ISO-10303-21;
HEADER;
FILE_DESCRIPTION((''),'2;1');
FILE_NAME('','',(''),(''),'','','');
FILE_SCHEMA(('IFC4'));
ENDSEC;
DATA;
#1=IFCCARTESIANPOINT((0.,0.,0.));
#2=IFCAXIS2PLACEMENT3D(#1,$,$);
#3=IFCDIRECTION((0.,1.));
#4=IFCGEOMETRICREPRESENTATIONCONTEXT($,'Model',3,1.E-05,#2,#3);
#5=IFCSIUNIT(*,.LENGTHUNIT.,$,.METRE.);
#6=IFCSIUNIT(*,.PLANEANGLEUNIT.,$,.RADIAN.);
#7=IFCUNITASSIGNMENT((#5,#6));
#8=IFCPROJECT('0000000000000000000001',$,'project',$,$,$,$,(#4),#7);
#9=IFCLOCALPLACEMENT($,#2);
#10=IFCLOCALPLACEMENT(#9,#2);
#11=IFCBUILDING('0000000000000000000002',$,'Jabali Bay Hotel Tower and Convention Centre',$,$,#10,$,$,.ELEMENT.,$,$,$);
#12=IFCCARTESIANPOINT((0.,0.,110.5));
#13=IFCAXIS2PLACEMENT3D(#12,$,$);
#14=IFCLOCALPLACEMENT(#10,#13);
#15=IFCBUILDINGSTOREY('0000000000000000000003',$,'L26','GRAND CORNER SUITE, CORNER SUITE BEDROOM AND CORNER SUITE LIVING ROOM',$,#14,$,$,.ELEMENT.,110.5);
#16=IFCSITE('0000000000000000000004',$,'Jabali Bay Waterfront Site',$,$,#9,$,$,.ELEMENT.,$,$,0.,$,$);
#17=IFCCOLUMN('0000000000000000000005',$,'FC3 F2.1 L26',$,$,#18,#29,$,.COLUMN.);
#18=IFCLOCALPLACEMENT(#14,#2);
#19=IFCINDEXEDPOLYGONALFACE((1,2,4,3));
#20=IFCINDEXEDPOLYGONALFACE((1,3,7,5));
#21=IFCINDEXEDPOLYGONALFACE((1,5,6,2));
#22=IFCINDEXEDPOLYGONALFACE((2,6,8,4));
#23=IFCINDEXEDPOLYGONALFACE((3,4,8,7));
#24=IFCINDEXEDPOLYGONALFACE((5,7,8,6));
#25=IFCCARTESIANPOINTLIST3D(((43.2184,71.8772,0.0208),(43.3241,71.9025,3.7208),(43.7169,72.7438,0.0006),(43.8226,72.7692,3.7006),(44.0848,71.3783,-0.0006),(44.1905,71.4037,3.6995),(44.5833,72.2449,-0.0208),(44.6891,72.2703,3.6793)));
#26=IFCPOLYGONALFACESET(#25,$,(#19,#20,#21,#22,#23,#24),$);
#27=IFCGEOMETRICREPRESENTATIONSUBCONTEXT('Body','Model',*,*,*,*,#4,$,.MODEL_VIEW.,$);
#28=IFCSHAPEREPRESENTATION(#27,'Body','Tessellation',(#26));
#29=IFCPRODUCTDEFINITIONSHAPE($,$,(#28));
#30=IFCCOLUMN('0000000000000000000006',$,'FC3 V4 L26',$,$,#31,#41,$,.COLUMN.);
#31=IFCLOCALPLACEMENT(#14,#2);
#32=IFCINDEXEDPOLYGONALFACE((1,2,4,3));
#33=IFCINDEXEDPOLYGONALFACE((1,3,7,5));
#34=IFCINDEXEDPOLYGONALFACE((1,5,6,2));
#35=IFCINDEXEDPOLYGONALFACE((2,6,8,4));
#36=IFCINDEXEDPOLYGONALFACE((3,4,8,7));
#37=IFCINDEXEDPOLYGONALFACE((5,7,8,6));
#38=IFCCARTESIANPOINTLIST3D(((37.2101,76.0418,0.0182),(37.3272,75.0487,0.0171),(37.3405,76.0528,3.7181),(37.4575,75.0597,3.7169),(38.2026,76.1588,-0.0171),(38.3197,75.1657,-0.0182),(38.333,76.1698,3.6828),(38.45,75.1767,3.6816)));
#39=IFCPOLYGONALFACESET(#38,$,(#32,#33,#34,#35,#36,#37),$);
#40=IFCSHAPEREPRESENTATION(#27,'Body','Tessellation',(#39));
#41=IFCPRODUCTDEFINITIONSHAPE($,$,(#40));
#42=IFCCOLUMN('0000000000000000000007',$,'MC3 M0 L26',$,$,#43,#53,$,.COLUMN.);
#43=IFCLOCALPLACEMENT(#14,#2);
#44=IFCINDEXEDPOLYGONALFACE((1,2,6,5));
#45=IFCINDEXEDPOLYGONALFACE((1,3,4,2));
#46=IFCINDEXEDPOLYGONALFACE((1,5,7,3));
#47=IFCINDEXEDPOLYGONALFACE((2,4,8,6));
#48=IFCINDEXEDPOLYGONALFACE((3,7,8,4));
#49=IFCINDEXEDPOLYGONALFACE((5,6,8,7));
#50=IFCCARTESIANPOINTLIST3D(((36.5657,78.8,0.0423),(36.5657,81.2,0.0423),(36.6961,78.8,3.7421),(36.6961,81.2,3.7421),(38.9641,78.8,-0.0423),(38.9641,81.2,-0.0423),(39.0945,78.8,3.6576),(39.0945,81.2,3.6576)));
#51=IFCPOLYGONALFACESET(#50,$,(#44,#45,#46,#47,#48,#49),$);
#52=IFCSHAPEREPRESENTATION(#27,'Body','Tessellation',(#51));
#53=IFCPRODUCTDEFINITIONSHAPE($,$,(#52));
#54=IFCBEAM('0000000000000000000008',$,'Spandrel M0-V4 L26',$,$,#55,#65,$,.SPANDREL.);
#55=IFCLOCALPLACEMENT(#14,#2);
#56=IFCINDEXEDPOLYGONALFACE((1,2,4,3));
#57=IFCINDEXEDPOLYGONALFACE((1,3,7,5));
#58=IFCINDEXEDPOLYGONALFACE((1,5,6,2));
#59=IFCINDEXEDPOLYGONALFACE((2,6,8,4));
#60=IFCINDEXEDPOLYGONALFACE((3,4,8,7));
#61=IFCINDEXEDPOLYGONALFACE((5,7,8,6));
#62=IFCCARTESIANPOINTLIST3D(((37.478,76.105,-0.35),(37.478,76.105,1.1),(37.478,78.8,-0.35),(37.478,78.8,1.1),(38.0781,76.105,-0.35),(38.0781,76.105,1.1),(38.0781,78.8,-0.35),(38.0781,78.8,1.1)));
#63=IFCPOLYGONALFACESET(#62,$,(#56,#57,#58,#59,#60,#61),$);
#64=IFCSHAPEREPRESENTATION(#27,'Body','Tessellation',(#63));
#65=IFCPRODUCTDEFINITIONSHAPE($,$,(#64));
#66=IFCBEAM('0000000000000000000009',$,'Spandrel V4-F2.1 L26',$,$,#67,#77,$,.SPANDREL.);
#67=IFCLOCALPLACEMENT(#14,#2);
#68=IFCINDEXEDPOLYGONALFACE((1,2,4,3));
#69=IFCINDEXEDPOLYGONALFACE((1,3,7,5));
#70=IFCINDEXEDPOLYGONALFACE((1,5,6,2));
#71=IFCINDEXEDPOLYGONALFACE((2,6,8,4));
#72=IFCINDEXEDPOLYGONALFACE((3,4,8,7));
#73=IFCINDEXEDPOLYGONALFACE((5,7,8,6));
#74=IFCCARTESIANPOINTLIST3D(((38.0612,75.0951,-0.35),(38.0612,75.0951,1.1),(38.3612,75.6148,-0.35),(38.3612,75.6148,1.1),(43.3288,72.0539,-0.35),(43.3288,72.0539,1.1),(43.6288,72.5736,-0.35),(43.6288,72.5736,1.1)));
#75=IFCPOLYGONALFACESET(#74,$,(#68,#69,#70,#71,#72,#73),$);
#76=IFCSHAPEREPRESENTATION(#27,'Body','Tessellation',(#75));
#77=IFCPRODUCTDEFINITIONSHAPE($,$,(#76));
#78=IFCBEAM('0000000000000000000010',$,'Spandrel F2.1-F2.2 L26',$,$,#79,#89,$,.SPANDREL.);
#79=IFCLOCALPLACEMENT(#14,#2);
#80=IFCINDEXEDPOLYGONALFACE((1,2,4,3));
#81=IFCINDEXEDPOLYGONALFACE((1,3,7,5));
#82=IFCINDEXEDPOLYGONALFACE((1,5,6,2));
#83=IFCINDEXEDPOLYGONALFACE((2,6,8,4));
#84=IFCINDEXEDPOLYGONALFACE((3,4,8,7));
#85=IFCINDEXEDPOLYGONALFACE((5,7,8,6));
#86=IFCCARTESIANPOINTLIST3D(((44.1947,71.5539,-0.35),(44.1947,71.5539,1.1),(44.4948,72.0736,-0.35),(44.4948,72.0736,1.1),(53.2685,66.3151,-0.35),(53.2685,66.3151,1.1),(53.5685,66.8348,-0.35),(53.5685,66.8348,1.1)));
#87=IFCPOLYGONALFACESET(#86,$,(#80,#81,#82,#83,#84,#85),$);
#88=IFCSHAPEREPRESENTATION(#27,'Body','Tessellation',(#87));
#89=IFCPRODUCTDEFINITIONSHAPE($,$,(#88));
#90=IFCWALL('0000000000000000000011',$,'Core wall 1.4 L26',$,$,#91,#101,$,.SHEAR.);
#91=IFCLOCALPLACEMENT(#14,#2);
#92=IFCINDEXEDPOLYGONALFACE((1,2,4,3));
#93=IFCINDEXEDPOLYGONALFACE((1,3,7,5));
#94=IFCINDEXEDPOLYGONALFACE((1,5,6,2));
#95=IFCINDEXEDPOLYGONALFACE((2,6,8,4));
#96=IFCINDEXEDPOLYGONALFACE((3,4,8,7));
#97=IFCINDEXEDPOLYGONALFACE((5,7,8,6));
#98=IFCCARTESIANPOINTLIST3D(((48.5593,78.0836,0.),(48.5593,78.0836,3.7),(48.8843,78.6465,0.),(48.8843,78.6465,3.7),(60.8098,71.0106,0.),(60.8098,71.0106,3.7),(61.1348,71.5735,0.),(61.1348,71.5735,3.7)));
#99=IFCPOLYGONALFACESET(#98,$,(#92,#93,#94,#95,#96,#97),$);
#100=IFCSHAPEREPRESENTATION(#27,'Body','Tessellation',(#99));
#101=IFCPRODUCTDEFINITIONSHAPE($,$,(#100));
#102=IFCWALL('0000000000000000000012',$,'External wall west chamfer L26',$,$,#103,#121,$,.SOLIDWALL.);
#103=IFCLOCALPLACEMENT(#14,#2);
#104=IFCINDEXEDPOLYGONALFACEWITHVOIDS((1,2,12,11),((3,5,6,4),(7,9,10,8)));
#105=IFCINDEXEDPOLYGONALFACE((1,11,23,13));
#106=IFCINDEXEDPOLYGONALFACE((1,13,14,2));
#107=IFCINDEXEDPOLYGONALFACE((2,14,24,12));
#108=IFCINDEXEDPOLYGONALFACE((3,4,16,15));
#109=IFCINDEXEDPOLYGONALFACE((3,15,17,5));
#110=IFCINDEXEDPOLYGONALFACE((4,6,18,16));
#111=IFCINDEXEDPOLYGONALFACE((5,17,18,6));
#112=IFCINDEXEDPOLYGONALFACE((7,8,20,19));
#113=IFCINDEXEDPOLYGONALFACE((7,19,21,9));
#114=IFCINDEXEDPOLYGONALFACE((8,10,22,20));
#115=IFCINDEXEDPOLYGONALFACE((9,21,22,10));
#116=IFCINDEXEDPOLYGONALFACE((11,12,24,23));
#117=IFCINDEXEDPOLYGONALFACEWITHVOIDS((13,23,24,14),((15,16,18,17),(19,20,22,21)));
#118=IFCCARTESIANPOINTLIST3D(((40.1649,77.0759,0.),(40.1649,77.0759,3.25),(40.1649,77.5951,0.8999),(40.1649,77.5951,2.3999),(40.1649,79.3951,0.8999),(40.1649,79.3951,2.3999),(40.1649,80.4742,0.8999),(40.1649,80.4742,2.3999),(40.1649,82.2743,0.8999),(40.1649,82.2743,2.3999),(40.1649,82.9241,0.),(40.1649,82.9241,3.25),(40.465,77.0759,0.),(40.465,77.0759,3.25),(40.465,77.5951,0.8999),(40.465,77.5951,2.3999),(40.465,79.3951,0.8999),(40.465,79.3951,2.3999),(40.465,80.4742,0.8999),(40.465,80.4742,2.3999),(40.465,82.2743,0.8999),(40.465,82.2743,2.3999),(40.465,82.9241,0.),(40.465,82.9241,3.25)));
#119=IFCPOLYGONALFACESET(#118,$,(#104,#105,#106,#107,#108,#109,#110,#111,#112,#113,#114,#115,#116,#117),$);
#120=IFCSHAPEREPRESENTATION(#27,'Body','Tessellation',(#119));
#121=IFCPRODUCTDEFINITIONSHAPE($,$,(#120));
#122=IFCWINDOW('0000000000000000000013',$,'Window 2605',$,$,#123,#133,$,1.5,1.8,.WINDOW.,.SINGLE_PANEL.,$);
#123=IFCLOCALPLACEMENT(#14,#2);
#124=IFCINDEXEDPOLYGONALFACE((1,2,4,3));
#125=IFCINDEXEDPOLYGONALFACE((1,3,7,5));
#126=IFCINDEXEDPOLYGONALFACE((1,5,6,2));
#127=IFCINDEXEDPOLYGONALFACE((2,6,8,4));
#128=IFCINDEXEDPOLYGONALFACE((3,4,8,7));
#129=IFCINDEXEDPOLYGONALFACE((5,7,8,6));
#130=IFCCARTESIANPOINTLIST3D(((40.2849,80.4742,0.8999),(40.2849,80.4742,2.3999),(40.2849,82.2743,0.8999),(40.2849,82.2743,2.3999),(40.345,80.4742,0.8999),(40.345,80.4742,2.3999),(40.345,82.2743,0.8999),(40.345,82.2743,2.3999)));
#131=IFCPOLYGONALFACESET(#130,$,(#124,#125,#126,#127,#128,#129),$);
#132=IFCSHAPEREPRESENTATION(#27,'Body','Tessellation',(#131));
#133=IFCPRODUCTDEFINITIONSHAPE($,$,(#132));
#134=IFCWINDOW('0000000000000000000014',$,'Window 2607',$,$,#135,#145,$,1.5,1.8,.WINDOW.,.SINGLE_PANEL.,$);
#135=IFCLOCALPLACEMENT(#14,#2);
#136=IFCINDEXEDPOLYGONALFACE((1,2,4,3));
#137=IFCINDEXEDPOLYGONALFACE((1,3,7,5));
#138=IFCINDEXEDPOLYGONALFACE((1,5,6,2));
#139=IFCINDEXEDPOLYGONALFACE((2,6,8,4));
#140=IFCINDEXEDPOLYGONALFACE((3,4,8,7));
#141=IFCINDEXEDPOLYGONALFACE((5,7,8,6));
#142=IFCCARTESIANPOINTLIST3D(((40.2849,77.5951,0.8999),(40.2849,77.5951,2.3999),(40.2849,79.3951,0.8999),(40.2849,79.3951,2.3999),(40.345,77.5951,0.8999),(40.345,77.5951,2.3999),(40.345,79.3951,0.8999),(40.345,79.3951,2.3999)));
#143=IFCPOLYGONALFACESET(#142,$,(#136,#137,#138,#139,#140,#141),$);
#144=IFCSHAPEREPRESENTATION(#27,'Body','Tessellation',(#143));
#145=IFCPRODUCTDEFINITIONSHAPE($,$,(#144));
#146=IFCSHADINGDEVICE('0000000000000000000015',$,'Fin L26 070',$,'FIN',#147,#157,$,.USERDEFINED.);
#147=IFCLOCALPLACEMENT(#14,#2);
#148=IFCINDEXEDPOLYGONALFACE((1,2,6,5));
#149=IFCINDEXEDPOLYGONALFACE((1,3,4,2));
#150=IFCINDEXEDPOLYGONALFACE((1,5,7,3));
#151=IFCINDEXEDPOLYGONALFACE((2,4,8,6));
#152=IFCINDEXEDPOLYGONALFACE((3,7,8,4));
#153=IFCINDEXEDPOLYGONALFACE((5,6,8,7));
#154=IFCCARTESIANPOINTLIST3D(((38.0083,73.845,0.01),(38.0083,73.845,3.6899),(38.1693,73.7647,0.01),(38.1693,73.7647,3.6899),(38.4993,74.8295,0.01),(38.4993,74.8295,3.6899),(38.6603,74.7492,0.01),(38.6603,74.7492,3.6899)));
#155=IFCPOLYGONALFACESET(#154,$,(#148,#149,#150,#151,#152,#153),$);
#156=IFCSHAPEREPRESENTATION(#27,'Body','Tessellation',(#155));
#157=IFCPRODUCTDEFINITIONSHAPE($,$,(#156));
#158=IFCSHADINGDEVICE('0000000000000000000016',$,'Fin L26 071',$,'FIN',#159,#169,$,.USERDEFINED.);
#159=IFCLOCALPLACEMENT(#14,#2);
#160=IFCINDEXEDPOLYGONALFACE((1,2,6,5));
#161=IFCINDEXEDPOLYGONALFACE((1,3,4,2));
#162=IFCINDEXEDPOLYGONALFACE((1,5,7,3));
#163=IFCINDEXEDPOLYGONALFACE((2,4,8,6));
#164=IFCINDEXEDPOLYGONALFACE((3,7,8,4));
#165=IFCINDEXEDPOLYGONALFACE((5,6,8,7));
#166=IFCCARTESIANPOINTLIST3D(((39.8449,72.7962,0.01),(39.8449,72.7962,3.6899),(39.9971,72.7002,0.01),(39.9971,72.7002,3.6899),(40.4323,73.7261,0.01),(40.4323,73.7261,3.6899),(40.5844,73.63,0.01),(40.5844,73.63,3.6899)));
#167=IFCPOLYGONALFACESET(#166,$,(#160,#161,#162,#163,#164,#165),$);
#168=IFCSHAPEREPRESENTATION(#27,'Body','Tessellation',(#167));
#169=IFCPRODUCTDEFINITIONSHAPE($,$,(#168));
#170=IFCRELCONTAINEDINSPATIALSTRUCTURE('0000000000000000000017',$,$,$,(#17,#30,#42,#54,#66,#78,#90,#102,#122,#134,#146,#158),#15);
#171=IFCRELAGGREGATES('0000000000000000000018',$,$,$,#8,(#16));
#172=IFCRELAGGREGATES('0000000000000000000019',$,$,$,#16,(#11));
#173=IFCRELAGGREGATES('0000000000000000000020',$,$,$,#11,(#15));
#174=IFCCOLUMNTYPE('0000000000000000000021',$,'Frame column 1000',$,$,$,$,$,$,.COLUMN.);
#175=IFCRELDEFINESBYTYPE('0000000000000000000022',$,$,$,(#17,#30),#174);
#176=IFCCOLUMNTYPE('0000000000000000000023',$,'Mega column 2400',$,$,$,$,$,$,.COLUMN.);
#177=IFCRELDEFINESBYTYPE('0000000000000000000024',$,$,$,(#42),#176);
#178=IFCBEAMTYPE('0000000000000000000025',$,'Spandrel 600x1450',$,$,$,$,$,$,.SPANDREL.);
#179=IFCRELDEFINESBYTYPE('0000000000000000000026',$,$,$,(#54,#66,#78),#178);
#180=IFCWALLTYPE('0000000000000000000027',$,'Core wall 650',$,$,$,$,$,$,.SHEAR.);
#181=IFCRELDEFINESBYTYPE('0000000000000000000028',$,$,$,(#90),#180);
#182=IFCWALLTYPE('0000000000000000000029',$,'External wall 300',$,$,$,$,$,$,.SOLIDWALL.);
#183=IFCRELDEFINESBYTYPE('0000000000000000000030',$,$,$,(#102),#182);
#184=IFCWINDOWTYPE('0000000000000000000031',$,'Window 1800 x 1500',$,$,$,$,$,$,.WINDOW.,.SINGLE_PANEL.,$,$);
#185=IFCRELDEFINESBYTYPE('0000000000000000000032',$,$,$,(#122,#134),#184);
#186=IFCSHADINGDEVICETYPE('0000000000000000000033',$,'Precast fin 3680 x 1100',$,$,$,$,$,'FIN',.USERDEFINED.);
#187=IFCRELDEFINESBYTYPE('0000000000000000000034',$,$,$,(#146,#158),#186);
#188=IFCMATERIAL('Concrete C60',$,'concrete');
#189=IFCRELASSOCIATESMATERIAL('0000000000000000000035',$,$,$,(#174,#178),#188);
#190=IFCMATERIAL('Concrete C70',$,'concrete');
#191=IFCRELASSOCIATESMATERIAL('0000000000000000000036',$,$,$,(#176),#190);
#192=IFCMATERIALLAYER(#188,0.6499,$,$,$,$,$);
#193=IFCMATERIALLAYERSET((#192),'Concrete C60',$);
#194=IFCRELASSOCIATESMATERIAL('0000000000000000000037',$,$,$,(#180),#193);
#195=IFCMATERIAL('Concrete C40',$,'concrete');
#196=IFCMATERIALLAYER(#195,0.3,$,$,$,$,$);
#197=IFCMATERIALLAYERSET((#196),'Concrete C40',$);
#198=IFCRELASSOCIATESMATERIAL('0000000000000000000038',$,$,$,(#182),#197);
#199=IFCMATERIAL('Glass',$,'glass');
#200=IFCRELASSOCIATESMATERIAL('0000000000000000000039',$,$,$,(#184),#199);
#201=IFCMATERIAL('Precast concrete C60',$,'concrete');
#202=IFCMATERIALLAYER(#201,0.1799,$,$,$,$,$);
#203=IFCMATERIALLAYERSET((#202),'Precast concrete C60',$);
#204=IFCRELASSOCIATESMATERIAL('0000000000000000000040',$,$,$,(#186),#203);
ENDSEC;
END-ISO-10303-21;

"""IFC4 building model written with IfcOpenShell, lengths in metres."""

from ifc_helpers import new_model, si_unit, direction, frame, frame_2d, origin, origin_2d, place, context, subcontext, project, spatial, rectangle, extrude, material, layer, layer_set, material_profile, profile_set, type_object, element, fill, save


model = new_model("IFC4")

# Units and contexts
model_context = context("Model", 3, precision=1e-05, world=origin(), true_north=direction((0.0, 1.0)))
body_context = subcontext(model_context, "Body", "Model", "MODEL_VIEW")
ifc_project = project(units=[si_unit("LENGTHUNIT", "METRE"), si_unit("PLANEANGLEUNIT", "RADIAN")], contexts=[model_context])

# Site, building, storey
site_placement = place(None, origin())
site = spatial("IfcSite", under=ifc_project, at=site_placement, Name="Jabali Bay Waterfront Site", CompositionType="ELEMENT", RefElevation=0.0)
building_placement = place(site_placement, origin())
building = spatial("IfcBuilding", under=site, at=building_placement, Name="Jabali Bay Hotel Tower and Convention Centre", CompositionType="ELEMENT")
storey_placement = place(building_placement, frame((0.0, 0.0, 110.5)))
storey = spatial("IfcBuildingStorey", under=building, at=storey_placement, Name="L26", Description="GRAND CORNER SUITE, CORNER SUITE BEDROOM AND CORNER SUITE LIVING ROOM", CompositionType="ELEMENT", Elevation=110.5)

# Columns
ifc_material_1 = material(Name="Concrete C60", Category="concrete")
ifc_material_profile_1 = material_profile(ifc_material_1, rectangle(XDim=1.0, YDim=1.0, at=origin_2d()), Name="Frame column 1000")
ifc_profile_set_1 = profile_set([ifc_material_profile_1], Name="Concrete C60")
column_type_1 = type_object("IfcColumnType", Name="Frame column 1000", PredefinedType="COLUMN", material=ifc_profile_set_1)
column_1_placement = place(storey_placement, frame((43.9009, 72.061, 0.0), z_axis=(0.028559, 0.006859, 0.999569), x_axis=(-0.86641, 0.498877, 0.021331)))
element("IfcColumn", 1, at=column_1_placement, inside=storey, type_object=column_type_1, Name="FC3 F2.1 L26", PredefinedType="COLUMN", context=body_context, shape_type="SweptSolid", body=[
    extrude(rectangle(XDim=1.0, YDim=1.0, at=origin_2d()), origin(), (0.0, 0.0, 1.0), 3.7017),
])
column_2_placement = place(storey_placement, frame((37.7649, 75.6038, 0.0), z_axis=(0.035214, 0.002967, 0.999375), x_axis=(-0.117077, 0.993122, 0.001176)))
element("IfcColumn", 2, at=column_2_placement, inside=storey, type_object=column_type_1, Name="FC3 V4 L26", PredefinedType="COLUMN", context=body_context, shape_type="SweptSolid", body=[
    extrude(rectangle(XDim=1.0, YDim=1.0, at=origin_2d()), origin(), (0.0, 0.0, 1.0), 3.7021),
])
ifc_material_2 = material(Name="Concrete C70", Category="concrete")
ifc_material_profile_2 = material_profile(ifc_material_2, rectangle(XDim=2.3999, YDim=2.3999, at=origin_2d()), Name="Mega column 2400")
ifc_profile_set_2 = profile_set([ifc_material_profile_2], Name="Concrete C70")
column_type_2 = type_object("IfcColumnType", Name="Mega column 2400", PredefinedType="COLUMN", material=ifc_profile_set_2)
column_3_placement = place(storey_placement, frame((37.7649, 80.0, 0.0), z_axis=(0.035214, 0.0, 0.99938), x_axis=(0.0, 1.0, 0.0)))
element("IfcColumn", 3, at=column_3_placement, inside=storey, type_object=column_type_2, Name="MC3 M0 L26", PredefinedType="COLUMN", context=body_context, shape_type="SweptSolid", body=[
    extrude(rectangle(XDim=2.3999, YDim=2.3999, at=origin_2d()), origin(), (0.0, 0.0, 1.0), 3.7021),
])

# Beams
ifc_material_profile_3 = material_profile(ifc_material_1, rectangle(XDim=0.6001, YDim=1.45, at=origin_2d()), Name="Spandrel 600x1450")
ifc_profile_set_3 = profile_set([ifc_material_profile_3], Name="Concrete C60")
beam_type = type_object("IfcBeamType", Name="Spandrel 600x1450", PredefinedType="SPANDREL", material=ifc_profile_set_3)
beam_1_placement = place(storey_placement, frame((37.7781, 78.8, 0.375), z_axis=(0.0, -1.0, 0.0), x_axis=(1.0, 0.0, 0.0)))
element("IfcBeam", 4, at=beam_1_placement, inside=storey, type_object=beam_type, Name="Spandrel M0-V4 L26", PredefinedType="SPANDREL", context=body_context, shape_type="SweptSolid", body=[
    extrude(rectangle(XDim=0.6001, YDim=1.45, at=origin_2d()), origin(), (0.0, 0.0, 1.0), 2.6951),
])
beam_2_placement = place(storey_placement, frame((38.2112, 75.355, 0.375), z_axis=(0.866024, -0.500003, 0.0), x_axis=(0.500003, 0.866024, 0.0)))
element("IfcBeam", 5, at=beam_2_placement, inside=storey, type_object=beam_type, Name="Spandrel V4-F2.1 L26", PredefinedType="SPANDREL", context=body_context, shape_type="SweptSolid", body=[
    extrude(rectangle(XDim=0.6001, YDim=1.45, at=origin_2d()), origin(), (0.0, 0.0, 1.0), 6.0825),
])
beam_3_placement = place(storey_placement, frame((44.3447, 71.8137, 0.375), z_axis=(0.866023, -0.500003, 0.0), x_axis=(0.500003, 0.866023, 0.0)))
element("IfcBeam", 6, at=beam_3_placement, inside=storey, type_object=beam_type, Name="Spandrel F2.1-F2.2 L26", PredefinedType="SPANDREL", context=body_context, shape_type="SweptSolid", body=[
    extrude(rectangle(XDim=0.6001, YDim=1.45, at=origin_2d()), origin(), (0.0, 0.0, 1.0), 10.4775),
])

# Wall
ifc_layer_1 = layer(ifc_material_1, 0.6499)
ifc_layer_set_1 = layer_set([ifc_layer_1], Name="Concrete C60")
wall_type_1 = type_object("IfcWallType", Name="Core wall 650", PredefinedType="SHEAR", material=ifc_layer_set_1)
wall_1_placement = place(storey_placement, frame((48.7219, 78.365, 0.0), z_axis=(0.0, 0.0, 1.0), x_axis=(0.86602, -0.500009, 0.0)))
element("IfcWall", 7, at=wall_1_placement, inside=storey, type_object=wall_type_1, Name="Core wall 1.4 L26", PredefinedType="SHEAR", context=body_context, shape_type="SweptSolid", body=[
    extrude(rectangle(XDim=14.1458, YDim=0.6499, at=frame_2d((7.0728, 0.0))), origin(), (0.0, 0.0, 1.0), 3.7),
])

# Wall, openings, windows
ifc_material_3 = material(Name="Concrete C40", Category="concrete")
ifc_layer_2 = layer(ifc_material_3, 0.3)
ifc_layer_set_2 = layer_set([ifc_layer_2], Name="Concrete C40")
wall_type_2 = type_object("IfcWallType", Name="External wall 300", PredefinedType="SOLIDWALL", material=ifc_layer_set_2)
wall_2_placement = place(storey_placement, frame((40.3149, 77.0759, 0.0), z_axis=(0.0, 0.0, 1.0), x_axis=(0.0, 1.0, 0.0)))
wall_2 = element("IfcWall", 8, at=wall_2_placement, inside=storey, type_object=wall_type_2, Name="External wall west chamfer L26", PredefinedType="SOLIDWALL", context=body_context, shape_type="SweptSolid", body=[
    extrude(rectangle(XDim=5.8481, YDim=0.3, at=frame_2d((2.9241, 0.0))), origin(), (0.0, 0.0, 1.0), 3.25),
])
opening_1_placement = place(wall_2_placement, frame((3.3984, 0.0, 0.8999)))
opening_1 = element("IfcOpeningElement", 9, at=opening_1_placement, cuts=wall_2, PredefinedType="OPENING", context=body_context, shape_type="SweptSolid", body=[
    extrude(rectangle(XDim=1.8, YDim=1.5, at=frame_2d((0.8999, 0.75))), frame((0.0, 0.1606, 0.0), z_axis=(0.0, -1.0, 0.0), x_axis=(1.0, 0.0, 0.0)), (0.0, 0.0, 1.0), 0.321),
])
opening_2_placement = place(wall_2_placement, frame((0.5193, 0.0, 0.8999)))
opening_2 = element("IfcOpeningElement", 10, at=opening_2_placement, cuts=wall_2, PredefinedType="OPENING", context=body_context, shape_type="SweptSolid", body=[
    extrude(rectangle(XDim=1.8, YDim=1.5, at=frame_2d((0.8999, 0.75))), frame((0.0, 0.1606, 0.0), z_axis=(0.0, -1.0, 0.0), x_axis=(1.0, 0.0, 0.0)), (0.0, 0.0, 1.0), 0.321),
])
ifc_material_4 = material(Name="Glass", Category="glass")
window_type = type_object("IfcWindowType", Name="Window 1800 x 1500", PartitioningType="SINGLE_PANEL", PredefinedType="WINDOW", material=ifc_material_4)
window_1_placement = place(opening_1_placement, origin())
window_1 = element("IfcWindow", 11, at=window_1_placement, inside=storey, type_object=window_type, Name="Window 2605", OverallHeight=1.5, OverallWidth=1.8, PartitioningType="SINGLE_PANEL", PredefinedType="WINDOW", context=body_context, shape_type="SweptSolid", body=[
    extrude(rectangle(XDim=1.8, YDim=1.5, at=frame_2d((0.8999, 0.75))), frame((0.0, 0.03, 0.0), z_axis=(0.0, -1.0, 0.0), x_axis=(1.0, 0.0, 0.0)), (0.0, 0.0, 1.0), 0.0601),
])
fill(opening_1, window_1)
window_2_placement = place(opening_2_placement, origin())
window_2 = element("IfcWindow", 12, at=window_2_placement, inside=storey, type_object=window_type, Name="Window 2607", OverallHeight=1.5, OverallWidth=1.8, PartitioningType="SINGLE_PANEL", PredefinedType="WINDOW", context=body_context, shape_type="SweptSolid", body=[
    extrude(rectangle(XDim=1.8, YDim=1.5, at=frame_2d((0.8999, 0.75))), frame((0.0, 0.03, 0.0), z_axis=(0.0, -1.0, 0.0), x_axis=(1.0, 0.0, 0.0)), (0.0, 0.0, 1.0), 0.0601),
])
fill(opening_2, window_2)

# Shading devices
ifc_material_5 = material(Name="Precast concrete C60", Category="concrete")
ifc_layer_3 = layer(ifc_material_5, 0.1799)
ifc_layer_set_3 = layer_set([ifc_layer_3], Name="Precast concrete C60")
shading_device_type_1 = type_object("IfcShadingDeviceType", Name="Precast fin 3680 x 1100", ElementType="FIN", PredefinedType="USERDEFINED", material=ifc_layer_set_3)
shading_device_1_placement = place(storey_placement, frame((38.5798, 74.7893, 0.01), z_axis=(0.0, 0.0, 1.0), x_axis=(-0.446326, -0.894871, 0.0)))
element("IfcShadingDevice", 13, at=shading_device_1_placement, inside=storey, type_object=shading_device_type_1, Name="Fin L26 070", ObjectType="FIN", PredefinedType="USERDEFINED", context=body_context, shape_type="SweptSolid", body=[
    extrude(rectangle(XDim=1.1001, YDim=0.1799, at=frame_2d((0.55, 0.0))), origin(), (0.0, 0.0, 1.0), 3.6799),
])
shading_device_2_placement = place(storey_placement, frame((40.5083, 73.678, 0.01), z_axis=(0.0, 0.0, 1.0), x_axis=(-0.534043, -0.845457, 0.0)))
element("IfcShadingDevice", 14, at=shading_device_2_placement, inside=storey, type_object=shading_device_type_1, Name="Fin L26 071", ObjectType="FIN", PredefinedType="USERDEFINED", context=body_context, shape_type="SweptSolid", body=[
    extrude(rectangle(XDim=1.0999, YDim=0.1799, at=frame_2d((0.5498, 0.0))), origin(), (0.0, 0.0, 1.0), 3.6799),
])

save(model, "model.ifc")
